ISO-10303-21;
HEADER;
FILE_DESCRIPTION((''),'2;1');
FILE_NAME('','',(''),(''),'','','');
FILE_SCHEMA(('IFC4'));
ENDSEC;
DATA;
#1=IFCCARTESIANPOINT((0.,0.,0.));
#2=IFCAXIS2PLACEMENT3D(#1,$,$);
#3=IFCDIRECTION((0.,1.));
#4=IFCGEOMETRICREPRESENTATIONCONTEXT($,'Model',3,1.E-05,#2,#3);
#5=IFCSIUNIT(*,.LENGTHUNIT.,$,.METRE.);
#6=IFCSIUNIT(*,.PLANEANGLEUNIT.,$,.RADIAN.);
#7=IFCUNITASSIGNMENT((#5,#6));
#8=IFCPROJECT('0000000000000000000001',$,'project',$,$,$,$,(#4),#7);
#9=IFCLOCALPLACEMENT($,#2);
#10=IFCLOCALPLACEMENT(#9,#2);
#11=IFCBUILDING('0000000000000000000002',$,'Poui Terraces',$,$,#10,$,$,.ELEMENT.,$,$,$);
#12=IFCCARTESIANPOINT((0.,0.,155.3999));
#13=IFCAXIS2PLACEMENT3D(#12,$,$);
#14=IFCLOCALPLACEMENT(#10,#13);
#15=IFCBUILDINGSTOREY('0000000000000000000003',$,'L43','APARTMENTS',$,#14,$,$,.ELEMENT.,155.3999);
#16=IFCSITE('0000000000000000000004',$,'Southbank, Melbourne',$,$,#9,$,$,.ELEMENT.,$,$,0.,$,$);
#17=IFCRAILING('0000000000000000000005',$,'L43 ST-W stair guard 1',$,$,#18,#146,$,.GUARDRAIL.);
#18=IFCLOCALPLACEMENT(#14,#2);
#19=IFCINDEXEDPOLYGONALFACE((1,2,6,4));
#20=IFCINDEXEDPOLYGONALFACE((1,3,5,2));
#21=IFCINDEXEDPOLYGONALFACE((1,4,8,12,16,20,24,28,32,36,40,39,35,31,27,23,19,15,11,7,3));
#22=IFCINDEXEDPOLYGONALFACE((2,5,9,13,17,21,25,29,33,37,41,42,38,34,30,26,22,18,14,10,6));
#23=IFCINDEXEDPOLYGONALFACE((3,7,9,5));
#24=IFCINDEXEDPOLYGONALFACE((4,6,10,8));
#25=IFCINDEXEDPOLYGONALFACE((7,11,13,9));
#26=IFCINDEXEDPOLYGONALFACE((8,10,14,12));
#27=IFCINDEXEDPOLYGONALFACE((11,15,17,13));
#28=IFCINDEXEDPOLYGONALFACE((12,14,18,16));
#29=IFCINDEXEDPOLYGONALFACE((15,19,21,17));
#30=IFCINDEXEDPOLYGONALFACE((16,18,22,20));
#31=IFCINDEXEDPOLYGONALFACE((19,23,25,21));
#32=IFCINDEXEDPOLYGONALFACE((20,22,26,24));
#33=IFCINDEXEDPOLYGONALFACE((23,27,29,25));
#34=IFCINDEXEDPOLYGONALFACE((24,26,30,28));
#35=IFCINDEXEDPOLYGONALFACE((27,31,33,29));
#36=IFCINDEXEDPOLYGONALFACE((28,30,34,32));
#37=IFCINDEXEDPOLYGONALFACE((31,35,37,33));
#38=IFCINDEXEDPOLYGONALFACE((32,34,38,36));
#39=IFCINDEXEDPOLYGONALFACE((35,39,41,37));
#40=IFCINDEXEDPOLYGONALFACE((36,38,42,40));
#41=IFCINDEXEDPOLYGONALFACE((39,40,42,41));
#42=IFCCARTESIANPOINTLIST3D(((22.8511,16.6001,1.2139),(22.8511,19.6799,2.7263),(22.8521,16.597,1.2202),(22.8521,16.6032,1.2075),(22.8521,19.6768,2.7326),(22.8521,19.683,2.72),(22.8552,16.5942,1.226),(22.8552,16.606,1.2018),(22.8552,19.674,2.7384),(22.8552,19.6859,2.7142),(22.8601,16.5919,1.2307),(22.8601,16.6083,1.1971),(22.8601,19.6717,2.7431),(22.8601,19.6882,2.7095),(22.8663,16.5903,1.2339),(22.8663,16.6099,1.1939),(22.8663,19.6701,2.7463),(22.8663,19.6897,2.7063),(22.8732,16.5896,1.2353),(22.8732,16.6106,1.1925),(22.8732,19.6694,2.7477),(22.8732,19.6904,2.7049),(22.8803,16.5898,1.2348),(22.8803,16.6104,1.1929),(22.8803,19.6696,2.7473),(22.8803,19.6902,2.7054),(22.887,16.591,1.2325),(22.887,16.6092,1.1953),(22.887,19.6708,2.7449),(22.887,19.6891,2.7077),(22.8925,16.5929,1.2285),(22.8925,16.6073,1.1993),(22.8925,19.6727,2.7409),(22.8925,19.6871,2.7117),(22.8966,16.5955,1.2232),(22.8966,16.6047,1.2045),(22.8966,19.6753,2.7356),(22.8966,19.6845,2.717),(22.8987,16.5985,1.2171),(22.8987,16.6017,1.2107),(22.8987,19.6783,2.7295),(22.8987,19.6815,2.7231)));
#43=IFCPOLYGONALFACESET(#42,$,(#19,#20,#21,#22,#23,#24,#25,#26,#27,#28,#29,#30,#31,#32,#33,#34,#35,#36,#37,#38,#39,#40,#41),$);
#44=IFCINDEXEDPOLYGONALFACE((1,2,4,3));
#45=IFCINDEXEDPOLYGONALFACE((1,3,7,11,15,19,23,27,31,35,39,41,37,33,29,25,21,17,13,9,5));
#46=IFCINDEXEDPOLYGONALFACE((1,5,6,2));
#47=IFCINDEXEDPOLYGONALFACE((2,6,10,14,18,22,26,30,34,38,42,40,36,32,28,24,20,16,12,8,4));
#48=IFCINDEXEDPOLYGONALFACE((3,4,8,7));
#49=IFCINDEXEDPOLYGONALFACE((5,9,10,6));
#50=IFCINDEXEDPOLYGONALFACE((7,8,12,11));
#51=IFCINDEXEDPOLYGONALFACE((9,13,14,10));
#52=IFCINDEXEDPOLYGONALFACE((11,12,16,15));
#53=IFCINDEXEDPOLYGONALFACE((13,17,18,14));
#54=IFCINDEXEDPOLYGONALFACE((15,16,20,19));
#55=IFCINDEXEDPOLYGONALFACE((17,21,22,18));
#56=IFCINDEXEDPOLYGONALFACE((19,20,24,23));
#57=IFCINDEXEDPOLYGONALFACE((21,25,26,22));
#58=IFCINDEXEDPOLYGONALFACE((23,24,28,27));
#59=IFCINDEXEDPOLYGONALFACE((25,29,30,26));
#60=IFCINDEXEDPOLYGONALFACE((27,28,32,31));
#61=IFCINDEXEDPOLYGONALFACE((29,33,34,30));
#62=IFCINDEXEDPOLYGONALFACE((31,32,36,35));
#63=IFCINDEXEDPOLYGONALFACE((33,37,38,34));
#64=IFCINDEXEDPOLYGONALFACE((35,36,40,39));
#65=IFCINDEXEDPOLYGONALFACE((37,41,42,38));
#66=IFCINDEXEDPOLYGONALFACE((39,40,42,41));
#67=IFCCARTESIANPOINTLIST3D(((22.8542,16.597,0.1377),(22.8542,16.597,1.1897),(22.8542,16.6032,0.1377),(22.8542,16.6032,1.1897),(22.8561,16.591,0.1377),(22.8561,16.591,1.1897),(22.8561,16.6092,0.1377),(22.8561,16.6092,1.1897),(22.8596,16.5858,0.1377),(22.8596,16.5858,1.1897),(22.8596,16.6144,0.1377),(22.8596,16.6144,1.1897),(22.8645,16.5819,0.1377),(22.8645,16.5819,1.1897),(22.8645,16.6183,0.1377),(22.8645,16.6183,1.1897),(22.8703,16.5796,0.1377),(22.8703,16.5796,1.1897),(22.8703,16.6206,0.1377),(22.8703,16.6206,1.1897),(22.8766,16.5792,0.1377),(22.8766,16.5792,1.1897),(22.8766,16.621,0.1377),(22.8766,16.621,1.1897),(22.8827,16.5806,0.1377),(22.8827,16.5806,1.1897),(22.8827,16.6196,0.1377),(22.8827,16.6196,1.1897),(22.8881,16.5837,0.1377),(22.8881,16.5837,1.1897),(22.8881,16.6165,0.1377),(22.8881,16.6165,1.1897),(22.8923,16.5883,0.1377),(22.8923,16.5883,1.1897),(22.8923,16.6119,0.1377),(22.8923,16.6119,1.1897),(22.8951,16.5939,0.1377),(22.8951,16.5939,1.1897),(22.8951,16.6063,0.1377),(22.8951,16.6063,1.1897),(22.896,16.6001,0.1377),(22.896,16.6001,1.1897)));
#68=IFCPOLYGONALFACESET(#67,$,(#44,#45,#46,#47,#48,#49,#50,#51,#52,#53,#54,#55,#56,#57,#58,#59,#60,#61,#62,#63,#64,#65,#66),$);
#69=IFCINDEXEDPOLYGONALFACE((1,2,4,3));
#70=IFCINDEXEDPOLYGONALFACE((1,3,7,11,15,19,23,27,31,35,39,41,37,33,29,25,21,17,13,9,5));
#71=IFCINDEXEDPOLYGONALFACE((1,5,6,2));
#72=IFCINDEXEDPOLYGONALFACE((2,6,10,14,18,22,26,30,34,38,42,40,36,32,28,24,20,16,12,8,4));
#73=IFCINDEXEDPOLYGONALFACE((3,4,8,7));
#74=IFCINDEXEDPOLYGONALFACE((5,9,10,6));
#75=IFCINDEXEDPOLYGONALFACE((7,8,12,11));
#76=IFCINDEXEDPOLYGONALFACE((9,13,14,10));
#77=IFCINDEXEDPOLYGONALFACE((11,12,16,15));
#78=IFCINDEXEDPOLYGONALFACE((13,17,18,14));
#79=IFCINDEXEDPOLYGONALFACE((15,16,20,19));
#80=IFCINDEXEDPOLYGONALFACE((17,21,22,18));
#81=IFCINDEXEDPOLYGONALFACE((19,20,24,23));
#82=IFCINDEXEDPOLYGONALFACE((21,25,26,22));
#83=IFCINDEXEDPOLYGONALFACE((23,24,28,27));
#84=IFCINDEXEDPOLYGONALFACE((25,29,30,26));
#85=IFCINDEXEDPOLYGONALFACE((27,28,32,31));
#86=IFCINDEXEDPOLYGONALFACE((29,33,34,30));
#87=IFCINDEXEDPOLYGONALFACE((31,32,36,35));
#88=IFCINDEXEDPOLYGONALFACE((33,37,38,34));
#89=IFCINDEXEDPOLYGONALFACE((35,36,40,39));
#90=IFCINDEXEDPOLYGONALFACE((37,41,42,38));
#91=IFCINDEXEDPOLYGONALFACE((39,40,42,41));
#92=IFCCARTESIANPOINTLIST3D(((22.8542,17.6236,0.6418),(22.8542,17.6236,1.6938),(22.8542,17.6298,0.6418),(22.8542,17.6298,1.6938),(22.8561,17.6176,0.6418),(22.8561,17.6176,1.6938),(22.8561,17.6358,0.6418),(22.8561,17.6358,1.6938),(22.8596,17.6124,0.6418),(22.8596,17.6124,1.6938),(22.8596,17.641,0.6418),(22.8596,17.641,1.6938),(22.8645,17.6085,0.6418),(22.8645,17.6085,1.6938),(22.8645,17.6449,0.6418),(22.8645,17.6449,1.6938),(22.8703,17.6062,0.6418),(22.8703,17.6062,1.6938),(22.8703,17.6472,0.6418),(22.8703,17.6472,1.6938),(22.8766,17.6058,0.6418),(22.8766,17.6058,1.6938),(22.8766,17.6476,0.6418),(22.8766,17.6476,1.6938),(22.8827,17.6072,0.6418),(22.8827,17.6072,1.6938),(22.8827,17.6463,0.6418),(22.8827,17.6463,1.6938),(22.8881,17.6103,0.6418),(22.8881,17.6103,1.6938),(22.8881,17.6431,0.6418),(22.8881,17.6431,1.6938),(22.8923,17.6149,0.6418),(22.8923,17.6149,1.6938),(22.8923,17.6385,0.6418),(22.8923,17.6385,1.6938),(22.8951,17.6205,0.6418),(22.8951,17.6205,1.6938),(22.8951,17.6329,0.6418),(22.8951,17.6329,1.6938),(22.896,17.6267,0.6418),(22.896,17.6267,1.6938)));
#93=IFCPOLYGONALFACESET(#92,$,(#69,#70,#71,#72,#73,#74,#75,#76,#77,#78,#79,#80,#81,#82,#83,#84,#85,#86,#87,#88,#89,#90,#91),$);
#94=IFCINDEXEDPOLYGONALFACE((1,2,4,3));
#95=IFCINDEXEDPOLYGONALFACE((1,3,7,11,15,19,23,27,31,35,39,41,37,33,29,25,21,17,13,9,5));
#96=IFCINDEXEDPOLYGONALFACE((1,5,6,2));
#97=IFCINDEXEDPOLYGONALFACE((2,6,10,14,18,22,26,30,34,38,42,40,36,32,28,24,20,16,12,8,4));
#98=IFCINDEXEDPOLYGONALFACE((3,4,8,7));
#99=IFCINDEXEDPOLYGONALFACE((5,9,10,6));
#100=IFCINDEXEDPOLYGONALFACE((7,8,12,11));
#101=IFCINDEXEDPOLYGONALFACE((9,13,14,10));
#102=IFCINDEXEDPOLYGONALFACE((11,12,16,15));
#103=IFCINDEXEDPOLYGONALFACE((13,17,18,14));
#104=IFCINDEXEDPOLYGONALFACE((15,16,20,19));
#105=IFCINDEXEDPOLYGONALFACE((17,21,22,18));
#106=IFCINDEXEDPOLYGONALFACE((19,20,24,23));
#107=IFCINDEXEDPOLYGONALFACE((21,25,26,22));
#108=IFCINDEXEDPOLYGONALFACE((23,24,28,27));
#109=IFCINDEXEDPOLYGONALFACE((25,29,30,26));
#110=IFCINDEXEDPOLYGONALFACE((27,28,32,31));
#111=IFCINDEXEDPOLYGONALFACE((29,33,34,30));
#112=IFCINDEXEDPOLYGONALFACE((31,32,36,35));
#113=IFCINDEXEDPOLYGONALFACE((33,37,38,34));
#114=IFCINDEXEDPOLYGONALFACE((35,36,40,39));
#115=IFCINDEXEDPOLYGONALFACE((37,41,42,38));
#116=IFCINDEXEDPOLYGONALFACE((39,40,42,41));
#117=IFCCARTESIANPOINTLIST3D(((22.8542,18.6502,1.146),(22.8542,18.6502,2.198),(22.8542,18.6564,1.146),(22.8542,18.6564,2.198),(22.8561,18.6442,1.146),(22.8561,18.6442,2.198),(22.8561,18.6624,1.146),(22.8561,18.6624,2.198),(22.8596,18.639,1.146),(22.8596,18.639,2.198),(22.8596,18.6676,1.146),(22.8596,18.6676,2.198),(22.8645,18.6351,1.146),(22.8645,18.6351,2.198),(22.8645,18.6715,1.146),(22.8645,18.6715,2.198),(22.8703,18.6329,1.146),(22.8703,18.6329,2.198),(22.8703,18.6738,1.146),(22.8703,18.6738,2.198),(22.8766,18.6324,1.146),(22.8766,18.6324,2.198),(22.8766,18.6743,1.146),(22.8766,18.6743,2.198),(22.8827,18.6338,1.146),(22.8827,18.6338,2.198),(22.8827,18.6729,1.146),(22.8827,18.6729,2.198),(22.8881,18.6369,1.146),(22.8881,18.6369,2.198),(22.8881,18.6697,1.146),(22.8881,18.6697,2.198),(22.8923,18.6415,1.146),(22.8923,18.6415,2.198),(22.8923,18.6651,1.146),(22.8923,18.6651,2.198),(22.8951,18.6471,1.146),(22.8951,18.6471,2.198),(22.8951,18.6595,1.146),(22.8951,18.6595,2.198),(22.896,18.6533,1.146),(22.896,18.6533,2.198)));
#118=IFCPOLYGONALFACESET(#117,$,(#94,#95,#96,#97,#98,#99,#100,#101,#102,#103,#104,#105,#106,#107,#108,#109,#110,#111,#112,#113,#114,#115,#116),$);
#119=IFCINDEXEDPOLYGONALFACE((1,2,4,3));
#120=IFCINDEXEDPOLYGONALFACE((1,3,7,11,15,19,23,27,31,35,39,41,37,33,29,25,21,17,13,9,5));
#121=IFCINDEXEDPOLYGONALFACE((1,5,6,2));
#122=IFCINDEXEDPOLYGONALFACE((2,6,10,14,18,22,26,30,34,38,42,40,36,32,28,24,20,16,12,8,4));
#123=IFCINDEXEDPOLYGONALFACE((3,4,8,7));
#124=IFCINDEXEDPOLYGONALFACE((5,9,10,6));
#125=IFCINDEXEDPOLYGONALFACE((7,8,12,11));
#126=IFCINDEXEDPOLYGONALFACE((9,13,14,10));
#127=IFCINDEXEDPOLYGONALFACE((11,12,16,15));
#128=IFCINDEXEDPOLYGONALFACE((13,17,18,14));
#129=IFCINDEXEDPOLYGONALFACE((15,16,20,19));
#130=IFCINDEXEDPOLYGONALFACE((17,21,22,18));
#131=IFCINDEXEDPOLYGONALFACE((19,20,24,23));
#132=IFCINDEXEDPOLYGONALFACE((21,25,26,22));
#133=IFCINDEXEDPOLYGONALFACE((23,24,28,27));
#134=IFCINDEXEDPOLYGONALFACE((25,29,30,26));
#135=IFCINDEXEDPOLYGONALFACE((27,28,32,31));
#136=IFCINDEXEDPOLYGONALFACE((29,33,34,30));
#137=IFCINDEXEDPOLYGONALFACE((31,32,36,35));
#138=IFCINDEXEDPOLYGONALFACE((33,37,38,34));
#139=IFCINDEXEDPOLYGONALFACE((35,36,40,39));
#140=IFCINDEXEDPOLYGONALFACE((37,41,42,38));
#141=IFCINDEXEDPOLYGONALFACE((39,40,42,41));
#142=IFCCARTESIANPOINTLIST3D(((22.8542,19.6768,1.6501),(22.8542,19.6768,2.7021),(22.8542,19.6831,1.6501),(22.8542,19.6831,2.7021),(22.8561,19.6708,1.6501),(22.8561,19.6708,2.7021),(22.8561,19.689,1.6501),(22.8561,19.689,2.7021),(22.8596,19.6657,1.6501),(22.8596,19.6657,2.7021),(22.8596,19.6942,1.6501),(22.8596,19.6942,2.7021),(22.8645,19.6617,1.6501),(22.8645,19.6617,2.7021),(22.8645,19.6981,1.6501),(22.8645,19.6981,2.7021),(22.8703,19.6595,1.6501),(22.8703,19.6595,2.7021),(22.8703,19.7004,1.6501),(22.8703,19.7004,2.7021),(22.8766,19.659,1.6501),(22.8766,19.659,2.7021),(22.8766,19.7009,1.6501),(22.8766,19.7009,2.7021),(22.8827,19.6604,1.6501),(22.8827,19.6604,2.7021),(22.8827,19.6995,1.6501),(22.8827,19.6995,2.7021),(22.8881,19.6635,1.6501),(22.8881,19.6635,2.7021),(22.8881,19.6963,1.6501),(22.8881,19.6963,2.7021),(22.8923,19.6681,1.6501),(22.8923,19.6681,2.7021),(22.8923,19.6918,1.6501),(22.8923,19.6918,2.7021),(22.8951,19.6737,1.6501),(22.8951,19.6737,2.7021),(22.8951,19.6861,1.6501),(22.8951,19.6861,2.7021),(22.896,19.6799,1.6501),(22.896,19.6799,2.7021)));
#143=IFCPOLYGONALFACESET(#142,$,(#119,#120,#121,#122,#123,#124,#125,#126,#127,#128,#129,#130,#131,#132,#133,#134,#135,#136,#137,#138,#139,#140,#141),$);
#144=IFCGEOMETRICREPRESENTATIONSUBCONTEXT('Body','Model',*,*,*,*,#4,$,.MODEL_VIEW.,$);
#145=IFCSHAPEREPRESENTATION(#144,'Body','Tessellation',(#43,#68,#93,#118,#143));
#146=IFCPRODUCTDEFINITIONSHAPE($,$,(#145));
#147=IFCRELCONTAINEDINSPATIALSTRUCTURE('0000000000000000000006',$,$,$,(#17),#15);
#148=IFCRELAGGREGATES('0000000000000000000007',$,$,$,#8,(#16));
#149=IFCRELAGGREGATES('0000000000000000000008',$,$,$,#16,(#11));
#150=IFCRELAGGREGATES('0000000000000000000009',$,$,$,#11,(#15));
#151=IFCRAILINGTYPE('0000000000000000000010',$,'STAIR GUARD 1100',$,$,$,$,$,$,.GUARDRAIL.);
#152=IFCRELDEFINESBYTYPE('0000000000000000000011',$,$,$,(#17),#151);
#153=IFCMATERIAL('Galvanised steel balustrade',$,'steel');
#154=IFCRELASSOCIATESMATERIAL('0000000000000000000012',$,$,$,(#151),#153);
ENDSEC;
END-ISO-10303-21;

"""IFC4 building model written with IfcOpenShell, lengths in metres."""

from ifc_helpers import new_model, si_unit, direction, frame, origin, origin_2d, place, context, subcontext, project, spatial, circle, extrude, material, type_object, element, save


model = new_model("IFC4")

# Units and contexts
model_context = context("Model", 3, precision=1e-05, world=origin(), true_north=direction((0.0, 1.0)))
body_context = subcontext(model_context, "Body", "Model", "MODEL_VIEW")
ifc_project = project(units=[si_unit("LENGTHUNIT", "METRE"), si_unit("PLANEANGLEUNIT", "RADIAN")], contexts=[model_context])

# Site, building, storey
site_placement = place(None, origin())
site = spatial("IfcSite", under=ifc_project, at=site_placement, Name="Southbank, Melbourne", CompositionType="ELEMENT", RefElevation=0.0)
building_placement = place(site_placement, origin())
building = spatial("IfcBuilding", under=site, at=building_placement, Name="Poui Terraces", CompositionType="ELEMENT")
storey_placement = place(building_placement, frame((0.0, 0.0, 155.3999)))
storey = spatial("IfcBuildingStorey", under=building, at=storey_placement, Name="L43", Description="APARTMENTS", CompositionType="ELEMENT", Elevation=155.3999)

# Railing
ifc_material_1 = material(Name="Galvanised steel balustrade", Category="steel")
railing_type_1 = type_object("IfcRailingType", Name="STAIR GUARD 1100", PredefinedType="GUARDRAIL", material=ifc_material_1)
railing_1_placement = place(storey_placement, frame((22.875, 16.6001, 0.1377)))
element("IfcRailing", 1, at=railing_1_placement, inside=storey, type_object=railing_type_1, Name="L43 ST-W stair guard 1", PredefinedType="GUARDRAIL", context=body_context, shape_type="SweptSolid", body=[
    extrude(circle(Radius=0.0239, at=origin_2d()), frame((0.0, 0.0, 1.0762), z_axis=(0.0, 0.897606, 0.440798), x_axis=(-1.0, 0.0, 0.0)), (0.0, 0.0, 1.0), 3.4312),
    extrude(circle(Radius=0.021, at=origin_2d()), origin(), (0.0, 0.0, 1.0), 1.052),
    extrude(circle(Radius=0.021, at=origin_2d()), frame((0.0, 1.0266, 0.5042)), (0.0, 0.0, 1.0), 1.052),
    extrude(circle(Radius=0.021, at=origin_2d()), frame((0.0, 2.0532, 1.0083)), (0.0, 0.0, 1.0), 1.052),
    extrude(circle(Radius=0.021, at=origin_2d()), frame((0.0, 3.0798, 1.5125)), (0.0, 0.0, 1.0), 1.052),
])

save(model, "model.ifc")
